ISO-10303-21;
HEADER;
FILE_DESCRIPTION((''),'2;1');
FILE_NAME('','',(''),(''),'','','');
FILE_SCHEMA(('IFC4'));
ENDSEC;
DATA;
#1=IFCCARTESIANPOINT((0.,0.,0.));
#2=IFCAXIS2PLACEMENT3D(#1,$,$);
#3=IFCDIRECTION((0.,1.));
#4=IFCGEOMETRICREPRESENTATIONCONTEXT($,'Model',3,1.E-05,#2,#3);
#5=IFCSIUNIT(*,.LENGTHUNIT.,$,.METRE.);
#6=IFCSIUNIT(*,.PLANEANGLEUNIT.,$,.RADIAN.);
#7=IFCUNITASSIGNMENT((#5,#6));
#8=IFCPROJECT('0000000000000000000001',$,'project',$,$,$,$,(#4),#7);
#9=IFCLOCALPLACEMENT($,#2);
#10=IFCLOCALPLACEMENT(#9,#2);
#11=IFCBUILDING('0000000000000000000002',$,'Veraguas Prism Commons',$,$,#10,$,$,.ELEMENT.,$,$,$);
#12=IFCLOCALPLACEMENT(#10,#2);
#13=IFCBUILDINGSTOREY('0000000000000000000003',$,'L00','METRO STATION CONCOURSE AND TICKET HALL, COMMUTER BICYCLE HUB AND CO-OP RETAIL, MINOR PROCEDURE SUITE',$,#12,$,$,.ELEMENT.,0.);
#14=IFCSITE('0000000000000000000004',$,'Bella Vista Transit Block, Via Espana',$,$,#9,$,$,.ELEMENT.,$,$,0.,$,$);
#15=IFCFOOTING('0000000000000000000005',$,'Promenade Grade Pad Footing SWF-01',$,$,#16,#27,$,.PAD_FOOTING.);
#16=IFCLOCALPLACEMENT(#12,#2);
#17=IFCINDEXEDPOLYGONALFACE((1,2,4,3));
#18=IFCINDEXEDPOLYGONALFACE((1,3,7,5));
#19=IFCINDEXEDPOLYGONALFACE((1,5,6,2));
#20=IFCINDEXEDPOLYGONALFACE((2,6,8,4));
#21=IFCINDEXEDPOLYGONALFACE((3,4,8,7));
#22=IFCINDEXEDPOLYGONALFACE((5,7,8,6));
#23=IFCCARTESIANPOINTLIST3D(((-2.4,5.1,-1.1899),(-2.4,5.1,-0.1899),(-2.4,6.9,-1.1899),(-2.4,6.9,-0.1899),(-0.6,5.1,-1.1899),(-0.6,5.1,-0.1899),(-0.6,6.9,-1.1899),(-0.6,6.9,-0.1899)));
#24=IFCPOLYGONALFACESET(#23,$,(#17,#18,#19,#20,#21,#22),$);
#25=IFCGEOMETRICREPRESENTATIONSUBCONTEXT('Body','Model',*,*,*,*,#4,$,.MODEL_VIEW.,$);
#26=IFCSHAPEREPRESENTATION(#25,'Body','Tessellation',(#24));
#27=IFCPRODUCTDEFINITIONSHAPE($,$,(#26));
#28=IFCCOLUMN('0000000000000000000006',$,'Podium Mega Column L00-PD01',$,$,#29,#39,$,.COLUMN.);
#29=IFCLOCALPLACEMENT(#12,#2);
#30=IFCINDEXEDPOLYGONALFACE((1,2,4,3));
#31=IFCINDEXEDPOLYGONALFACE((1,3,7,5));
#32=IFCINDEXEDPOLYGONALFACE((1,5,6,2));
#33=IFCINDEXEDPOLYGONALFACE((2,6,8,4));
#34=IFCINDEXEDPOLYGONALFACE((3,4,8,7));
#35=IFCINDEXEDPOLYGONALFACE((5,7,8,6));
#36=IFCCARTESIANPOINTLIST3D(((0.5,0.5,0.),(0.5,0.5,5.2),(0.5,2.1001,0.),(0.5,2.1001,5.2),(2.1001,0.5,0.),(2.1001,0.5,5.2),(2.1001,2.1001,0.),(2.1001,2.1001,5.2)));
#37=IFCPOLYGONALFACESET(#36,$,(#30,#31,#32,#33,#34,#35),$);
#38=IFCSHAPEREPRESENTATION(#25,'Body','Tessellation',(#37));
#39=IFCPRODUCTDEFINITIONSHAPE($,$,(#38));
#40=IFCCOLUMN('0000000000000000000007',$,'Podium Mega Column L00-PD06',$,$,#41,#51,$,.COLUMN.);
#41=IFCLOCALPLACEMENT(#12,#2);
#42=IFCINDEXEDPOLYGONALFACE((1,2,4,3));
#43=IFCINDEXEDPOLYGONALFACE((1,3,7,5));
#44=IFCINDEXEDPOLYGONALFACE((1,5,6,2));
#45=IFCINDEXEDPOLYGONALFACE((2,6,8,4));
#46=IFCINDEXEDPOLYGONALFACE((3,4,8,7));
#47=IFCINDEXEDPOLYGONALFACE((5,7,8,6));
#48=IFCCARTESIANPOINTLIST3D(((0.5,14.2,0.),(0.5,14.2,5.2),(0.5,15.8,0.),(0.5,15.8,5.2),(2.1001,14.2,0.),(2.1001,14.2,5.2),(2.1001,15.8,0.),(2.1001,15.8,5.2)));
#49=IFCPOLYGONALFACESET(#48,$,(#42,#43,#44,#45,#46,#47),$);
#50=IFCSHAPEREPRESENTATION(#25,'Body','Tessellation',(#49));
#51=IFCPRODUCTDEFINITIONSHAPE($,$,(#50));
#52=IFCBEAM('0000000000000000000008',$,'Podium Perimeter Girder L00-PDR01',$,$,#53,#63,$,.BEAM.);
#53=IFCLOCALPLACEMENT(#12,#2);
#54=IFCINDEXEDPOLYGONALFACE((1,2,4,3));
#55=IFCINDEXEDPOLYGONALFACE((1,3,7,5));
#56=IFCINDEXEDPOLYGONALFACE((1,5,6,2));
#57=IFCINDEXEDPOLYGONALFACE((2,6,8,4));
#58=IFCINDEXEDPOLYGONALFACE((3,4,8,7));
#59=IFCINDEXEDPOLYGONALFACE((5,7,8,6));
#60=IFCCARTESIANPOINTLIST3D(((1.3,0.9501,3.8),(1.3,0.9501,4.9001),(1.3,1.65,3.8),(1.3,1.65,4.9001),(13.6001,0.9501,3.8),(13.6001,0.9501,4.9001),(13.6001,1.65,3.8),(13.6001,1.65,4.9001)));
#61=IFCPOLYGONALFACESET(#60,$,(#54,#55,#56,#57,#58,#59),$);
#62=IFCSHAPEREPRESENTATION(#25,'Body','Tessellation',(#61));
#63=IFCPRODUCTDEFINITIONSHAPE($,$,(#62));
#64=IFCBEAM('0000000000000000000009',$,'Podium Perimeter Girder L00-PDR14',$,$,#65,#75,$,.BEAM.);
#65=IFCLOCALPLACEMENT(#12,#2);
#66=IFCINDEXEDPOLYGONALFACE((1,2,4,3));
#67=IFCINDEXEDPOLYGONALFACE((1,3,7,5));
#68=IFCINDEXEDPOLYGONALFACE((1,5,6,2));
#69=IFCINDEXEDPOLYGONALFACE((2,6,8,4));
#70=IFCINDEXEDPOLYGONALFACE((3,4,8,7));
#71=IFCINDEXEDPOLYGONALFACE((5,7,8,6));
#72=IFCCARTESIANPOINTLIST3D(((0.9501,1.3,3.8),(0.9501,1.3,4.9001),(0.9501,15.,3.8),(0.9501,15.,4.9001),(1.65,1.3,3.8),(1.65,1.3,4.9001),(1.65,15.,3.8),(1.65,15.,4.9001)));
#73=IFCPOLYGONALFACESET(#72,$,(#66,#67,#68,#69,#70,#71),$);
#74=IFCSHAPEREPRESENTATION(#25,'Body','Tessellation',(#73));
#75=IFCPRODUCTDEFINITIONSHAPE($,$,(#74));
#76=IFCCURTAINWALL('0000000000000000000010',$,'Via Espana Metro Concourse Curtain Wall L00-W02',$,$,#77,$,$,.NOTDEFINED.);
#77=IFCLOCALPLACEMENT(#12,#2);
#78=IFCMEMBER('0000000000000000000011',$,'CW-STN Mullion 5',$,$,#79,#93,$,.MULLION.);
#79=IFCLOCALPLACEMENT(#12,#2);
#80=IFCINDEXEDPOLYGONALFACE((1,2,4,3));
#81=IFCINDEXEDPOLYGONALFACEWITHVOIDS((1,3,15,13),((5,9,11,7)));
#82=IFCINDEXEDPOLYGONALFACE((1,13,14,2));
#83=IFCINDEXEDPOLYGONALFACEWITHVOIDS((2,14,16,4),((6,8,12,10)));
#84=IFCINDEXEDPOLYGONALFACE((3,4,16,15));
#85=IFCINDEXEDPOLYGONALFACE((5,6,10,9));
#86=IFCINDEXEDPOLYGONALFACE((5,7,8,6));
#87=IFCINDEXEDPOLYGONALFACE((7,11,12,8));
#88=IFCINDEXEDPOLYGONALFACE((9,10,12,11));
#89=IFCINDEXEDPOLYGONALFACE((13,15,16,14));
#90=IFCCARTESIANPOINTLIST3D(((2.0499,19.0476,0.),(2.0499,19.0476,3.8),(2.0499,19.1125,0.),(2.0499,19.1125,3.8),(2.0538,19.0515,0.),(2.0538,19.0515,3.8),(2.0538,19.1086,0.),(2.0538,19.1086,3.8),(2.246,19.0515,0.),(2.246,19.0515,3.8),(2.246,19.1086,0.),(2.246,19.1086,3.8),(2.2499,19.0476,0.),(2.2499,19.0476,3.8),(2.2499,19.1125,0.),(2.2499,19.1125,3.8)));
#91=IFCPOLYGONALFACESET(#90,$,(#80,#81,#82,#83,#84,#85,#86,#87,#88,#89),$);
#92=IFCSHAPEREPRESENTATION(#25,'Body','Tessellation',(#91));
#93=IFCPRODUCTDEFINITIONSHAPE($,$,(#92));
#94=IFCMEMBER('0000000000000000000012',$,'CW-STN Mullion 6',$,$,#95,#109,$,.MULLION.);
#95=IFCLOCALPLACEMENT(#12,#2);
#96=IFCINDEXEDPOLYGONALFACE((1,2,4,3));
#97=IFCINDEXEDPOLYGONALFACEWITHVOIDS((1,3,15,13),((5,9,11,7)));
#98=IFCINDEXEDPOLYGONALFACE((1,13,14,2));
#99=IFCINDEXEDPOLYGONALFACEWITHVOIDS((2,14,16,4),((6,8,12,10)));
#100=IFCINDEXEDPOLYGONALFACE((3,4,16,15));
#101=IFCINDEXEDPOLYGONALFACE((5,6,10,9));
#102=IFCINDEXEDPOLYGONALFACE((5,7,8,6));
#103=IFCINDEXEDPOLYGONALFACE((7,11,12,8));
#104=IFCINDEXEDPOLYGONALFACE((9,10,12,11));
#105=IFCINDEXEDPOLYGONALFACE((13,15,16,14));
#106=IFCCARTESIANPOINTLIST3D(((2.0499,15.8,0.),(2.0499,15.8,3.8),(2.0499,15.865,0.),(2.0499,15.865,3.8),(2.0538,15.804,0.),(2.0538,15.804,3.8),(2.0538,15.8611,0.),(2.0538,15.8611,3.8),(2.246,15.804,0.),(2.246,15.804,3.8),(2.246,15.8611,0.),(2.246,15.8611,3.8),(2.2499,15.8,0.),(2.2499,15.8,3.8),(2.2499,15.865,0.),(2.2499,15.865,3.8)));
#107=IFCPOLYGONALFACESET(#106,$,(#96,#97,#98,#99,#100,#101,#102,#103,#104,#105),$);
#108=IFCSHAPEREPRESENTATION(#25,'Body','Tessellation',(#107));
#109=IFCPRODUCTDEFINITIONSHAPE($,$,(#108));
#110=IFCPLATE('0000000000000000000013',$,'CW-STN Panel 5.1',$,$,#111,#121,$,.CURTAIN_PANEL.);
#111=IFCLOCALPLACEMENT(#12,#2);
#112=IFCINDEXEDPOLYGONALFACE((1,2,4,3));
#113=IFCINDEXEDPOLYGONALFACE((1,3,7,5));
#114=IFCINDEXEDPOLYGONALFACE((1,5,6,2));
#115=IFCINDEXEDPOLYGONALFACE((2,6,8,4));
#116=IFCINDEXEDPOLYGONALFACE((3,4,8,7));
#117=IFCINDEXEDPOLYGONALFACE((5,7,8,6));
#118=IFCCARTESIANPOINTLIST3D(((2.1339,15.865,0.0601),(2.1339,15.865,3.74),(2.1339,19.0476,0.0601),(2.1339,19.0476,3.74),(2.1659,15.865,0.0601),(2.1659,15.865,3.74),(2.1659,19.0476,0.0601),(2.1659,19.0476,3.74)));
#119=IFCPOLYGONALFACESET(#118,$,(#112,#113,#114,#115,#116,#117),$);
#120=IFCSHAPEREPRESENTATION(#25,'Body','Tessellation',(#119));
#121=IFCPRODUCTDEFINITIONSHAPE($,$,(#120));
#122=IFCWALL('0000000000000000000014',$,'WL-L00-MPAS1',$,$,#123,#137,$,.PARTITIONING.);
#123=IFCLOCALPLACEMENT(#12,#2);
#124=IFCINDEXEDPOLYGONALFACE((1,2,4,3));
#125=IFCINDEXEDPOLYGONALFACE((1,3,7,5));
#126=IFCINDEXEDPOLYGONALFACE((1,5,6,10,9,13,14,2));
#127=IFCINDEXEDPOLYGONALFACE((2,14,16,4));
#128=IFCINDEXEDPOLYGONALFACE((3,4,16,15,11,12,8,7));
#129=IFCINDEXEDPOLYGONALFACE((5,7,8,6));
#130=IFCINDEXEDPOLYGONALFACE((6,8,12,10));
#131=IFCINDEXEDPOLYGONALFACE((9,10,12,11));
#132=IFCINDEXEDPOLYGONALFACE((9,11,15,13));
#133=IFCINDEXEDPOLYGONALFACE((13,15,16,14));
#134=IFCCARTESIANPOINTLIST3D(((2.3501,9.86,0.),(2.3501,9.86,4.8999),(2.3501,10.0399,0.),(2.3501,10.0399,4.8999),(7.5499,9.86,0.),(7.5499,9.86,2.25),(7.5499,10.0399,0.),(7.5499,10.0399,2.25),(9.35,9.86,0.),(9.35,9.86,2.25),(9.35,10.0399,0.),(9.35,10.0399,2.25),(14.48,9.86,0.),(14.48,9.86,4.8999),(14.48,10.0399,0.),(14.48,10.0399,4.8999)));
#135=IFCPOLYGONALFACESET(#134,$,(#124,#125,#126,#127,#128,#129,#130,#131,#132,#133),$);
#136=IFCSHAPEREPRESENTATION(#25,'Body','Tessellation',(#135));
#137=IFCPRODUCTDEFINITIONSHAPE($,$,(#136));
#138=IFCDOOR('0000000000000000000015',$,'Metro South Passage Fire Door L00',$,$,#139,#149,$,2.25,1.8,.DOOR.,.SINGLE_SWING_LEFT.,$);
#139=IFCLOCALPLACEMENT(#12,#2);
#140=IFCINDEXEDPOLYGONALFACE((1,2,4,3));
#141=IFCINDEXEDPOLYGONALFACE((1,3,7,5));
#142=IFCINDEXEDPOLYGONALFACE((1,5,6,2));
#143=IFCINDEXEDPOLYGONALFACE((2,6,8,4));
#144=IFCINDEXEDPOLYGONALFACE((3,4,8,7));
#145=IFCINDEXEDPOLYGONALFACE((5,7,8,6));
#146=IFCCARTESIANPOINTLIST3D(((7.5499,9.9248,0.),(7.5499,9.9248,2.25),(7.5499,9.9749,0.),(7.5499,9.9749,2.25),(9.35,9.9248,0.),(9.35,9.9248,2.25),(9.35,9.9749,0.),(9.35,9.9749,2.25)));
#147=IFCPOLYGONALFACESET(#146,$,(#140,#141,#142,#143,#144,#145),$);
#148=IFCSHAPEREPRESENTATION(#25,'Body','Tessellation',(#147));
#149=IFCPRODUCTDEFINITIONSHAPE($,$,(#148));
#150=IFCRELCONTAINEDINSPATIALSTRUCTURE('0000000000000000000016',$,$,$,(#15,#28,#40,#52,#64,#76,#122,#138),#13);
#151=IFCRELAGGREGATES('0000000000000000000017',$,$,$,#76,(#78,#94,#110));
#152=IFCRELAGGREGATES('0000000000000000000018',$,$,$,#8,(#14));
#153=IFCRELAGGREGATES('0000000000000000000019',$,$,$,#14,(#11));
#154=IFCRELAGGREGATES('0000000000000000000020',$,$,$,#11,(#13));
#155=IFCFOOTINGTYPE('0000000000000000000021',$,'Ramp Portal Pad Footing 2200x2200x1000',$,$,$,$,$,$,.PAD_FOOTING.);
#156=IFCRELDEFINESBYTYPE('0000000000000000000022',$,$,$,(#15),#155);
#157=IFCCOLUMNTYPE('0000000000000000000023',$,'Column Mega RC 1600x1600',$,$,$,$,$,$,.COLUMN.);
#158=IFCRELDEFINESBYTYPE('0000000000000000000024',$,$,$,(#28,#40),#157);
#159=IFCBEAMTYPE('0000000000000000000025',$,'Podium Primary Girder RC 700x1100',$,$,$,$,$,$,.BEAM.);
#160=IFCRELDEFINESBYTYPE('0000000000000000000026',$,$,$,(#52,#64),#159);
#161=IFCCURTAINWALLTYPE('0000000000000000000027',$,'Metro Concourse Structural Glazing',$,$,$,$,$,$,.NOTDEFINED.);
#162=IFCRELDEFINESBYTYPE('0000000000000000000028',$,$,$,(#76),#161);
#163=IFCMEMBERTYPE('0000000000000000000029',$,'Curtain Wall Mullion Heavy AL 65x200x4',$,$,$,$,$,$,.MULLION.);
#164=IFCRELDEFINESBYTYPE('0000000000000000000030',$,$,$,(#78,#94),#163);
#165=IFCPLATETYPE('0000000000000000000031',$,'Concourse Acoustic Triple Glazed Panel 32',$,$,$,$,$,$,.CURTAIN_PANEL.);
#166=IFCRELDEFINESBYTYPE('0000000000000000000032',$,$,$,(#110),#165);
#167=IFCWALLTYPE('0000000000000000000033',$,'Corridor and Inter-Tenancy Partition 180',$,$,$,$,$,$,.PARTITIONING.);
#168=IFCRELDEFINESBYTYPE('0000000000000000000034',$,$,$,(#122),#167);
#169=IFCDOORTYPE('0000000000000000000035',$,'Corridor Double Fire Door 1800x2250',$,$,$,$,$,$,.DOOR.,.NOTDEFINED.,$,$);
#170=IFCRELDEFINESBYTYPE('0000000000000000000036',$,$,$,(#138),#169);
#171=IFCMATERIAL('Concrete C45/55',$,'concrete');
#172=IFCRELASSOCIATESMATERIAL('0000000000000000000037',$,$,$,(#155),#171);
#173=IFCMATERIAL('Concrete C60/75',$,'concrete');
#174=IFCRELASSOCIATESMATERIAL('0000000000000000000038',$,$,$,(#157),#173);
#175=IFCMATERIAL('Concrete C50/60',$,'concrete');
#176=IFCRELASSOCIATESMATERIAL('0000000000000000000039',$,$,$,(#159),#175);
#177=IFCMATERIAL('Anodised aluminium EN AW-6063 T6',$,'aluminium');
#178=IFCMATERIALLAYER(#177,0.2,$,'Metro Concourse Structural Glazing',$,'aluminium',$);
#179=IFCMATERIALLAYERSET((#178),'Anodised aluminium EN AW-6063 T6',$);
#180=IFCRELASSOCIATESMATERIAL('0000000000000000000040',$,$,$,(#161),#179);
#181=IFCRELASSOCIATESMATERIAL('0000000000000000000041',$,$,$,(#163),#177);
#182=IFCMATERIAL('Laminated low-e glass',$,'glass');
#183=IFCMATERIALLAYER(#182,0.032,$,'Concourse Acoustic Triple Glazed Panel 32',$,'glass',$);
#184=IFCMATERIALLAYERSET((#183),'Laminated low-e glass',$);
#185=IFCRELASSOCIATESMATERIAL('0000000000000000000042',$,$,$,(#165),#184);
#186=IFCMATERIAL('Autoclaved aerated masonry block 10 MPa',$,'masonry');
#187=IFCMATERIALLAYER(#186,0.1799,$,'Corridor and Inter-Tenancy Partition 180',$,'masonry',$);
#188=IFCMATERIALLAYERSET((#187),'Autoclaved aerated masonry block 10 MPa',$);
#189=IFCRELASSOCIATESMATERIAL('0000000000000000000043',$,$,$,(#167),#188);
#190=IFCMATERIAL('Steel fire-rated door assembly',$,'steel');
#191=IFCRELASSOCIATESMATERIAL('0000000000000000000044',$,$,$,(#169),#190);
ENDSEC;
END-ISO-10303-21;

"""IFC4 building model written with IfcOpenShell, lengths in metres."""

from ifc_helpers import new_model, si_unit, direction, frame, frame_2d, origin, origin_2d, place, context, subcontext, project, spatial, rectangle, hollow_rectangle, extrude, source, transform, mapped, material, layer, layer_set, material_profile, profile_set, type_object, element, fill, aggregate, save


model = new_model("IFC4")

# Units and contexts
model_context = context("Model", 3, precision=1e-05, world=origin(), true_north=direction((0.0, 1.0)))
body_context = subcontext(model_context, "Body", "Model", "MODEL_VIEW")
ifc_project = project(units=[si_unit("LENGTHUNIT", "METRE"), si_unit("PLANEANGLEUNIT", "RADIAN")], contexts=[model_context])

# Site, building, storey
site_placement = place(None, origin())
site = spatial("IfcSite", under=ifc_project, at=site_placement, Name="Bella Vista Transit Block, Via Espana", CompositionType="ELEMENT", RefElevation=0.0)
building_placement = place(site_placement, origin())
building = spatial("IfcBuilding", under=site, at=building_placement, Name="Veraguas Prism Commons", CompositionType="ELEMENT")
storey_placement = place(building_placement, origin())
storey = spatial("IfcBuildingStorey", under=building, at=storey_placement, Name="L00", Description="METRO STATION CONCOURSE AND TICKET HALL, COMMUTER BICYCLE HUB AND CO-OP RETAIL, MINOR PROCEDURE SUITE", CompositionType="ELEMENT", Elevation=0.0)

# Footing
ifc_material_1 = material(Name="Concrete C45/55", Category="concrete")
footing_type = type_object("IfcFootingType", Name="Ramp Portal Pad Footing 2200x2200x1000", PredefinedType="PAD_FOOTING", material=ifc_material_1)
shared_shape_1 = source(origin(), body_context, "Body", "SweptSolid", [
    extrude(rectangle(XDim=1.8, YDim=1.8, at=origin_2d()), origin(), (0.0, 0.0, 1.0), 1.0),
])
footing_placement = place(storey_placement, frame((-1.5, 6.0, -1.1899), z_axis=(0.0, 0.0, 1.0), x_axis=(1.0, 0.0, 0.0)))
element("IfcFooting", 1, at=footing_placement, inside=storey, type_object=footing_type, Name="Promenade Grade Pad Footing SWF-01", PredefinedType="PAD_FOOTING", context=body_context, shape_type="MappedRepresentation", body=[
    mapped(shared_shape_1, transform((0.0, 0.0, 0.0), scale=1.0)),
])

# Columns
ifc_material_2 = material(Name="Concrete C60/75", Category="concrete")
ifc_material_profile_1 = material_profile(ifc_material_2, rectangle(XDim=1.6001, YDim=1.6001, at=origin_2d()), Name="RC1600X1600")
ifc_profile_set_1 = profile_set([ifc_material_profile_1], Name="Concrete C60/75")
column_type = type_object("IfcColumnType", Name="Column Mega RC 1600x1600", PredefinedType="COLUMN", material=ifc_profile_set_1)
for number, where, z_axis, x_axis, name in (
    (2, (1.3, 1.3, 0.0), (0.0, 0.0, 1.0), (1.0, 0.0, 0.0), "Podium Mega Column L00-PD01"),
    (3, (1.3, 15.0, 0.0), (0.0, 0.0, 1.0), (1.0, 0.0, 0.0), "Podium Mega Column L00-PD06"),
):
    element("IfcColumn", number, at=place(storey_placement, frame(where, z_axis=z_axis, x_axis=x_axis)), inside=storey, type_object=column_type, Name=name, PredefinedType="COLUMN", context=body_context, shape_type="SweptSolid", body=[
        extrude(rectangle(XDim=1.6001, YDim=1.6001, at=origin_2d()), origin(), (0.0, 0.0, 1.0), 5.2),
    ])

# Beams
ifc_material_3 = material(Name="Concrete C50/60", Category="concrete")
ifc_material_profile_2 = material_profile(ifc_material_3, rectangle(XDim=0.7, YDim=1.1001, at=origin_2d()), Name="RC700X1100")
ifc_profile_set_2 = profile_set([ifc_material_profile_2], Name="Concrete C50/60")
beam_type = type_object("IfcBeamType", Name="Podium Primary Girder RC 700x1100", PredefinedType="BEAM", material=ifc_profile_set_2)
beam_1_placement = place(storey_placement, frame((1.3, 1.3, 4.3501), z_axis=(1.0, 0.0, 0.0), x_axis=(0.0, 1.0, 0.0)))
element("IfcBeam", 4, at=beam_1_placement, inside=storey, type_object=beam_type, Name="Podium Perimeter Girder L00-PDR01", PredefinedType="BEAM", context=body_context, shape_type="SweptSolid", body=[
    extrude(rectangle(XDim=0.7, YDim=1.1001, at=origin_2d()), origin(), (0.0, 0.0, 1.0), 12.3),
])
beam_2_placement = place(storey_placement, frame((1.3, 15.0, 4.3501), z_axis=(0.0, -1.0, 0.0), x_axis=(1.0, 0.0, 0.0)))
element("IfcBeam", 5, at=beam_2_placement, inside=storey, type_object=beam_type, Name="Podium Perimeter Girder L00-PDR14", PredefinedType="BEAM", context=body_context, shape_type="SweptSolid", body=[
    extrude(rectangle(XDim=0.7, YDim=1.1001, at=origin_2d()), origin(), (0.0, 0.0, 1.0), 13.7),
])

# Curtain wall, members, plate
ifc_material_4 = material(Name="Anodised aluminium EN AW-6063 T6", Category="aluminium")
ifc_layer_1 = layer(ifc_material_4, 0.2, Name="Metro Concourse Structural Glazing", Category="aluminium")
ifc_layer_set_1 = layer_set([ifc_layer_1], Name="Anodised aluminium EN AW-6063 T6")
curtain_wall_type = type_object("IfcCurtainWallType", Name="Metro Concourse Structural Glazing", PredefinedType="NOTDEFINED", material=ifc_layer_set_1)
curtain_wall_placement = place(storey_placement, origin())
curtain_wall = element("IfcCurtainWall", 6, at=curtain_wall_placement, inside=storey, type_object=curtain_wall_type, Name="Via Espana Metro Concourse Curtain Wall L00-W02", PredefinedType="NOTDEFINED")
ifc_material_profile_3 = material_profile(ifc_material_4, hollow_rectangle(XDim=0.0649, YDim=0.2, WallThickness=0.0039, at=origin_2d()), Name="AL65X200X4")
ifc_profile_set_3 = profile_set([ifc_material_profile_3], Name="Anodised aluminium EN AW-6063 T6")
member_type = type_object("IfcMemberType", Name="Curtain Wall Mullion Heavy AL 65x200x4", PredefinedType="MULLION", material=ifc_profile_set_3)
shared_shape_2 = source(origin(), body_context, "Body", "SweptSolid", [
    extrude(hollow_rectangle(XDim=0.0649, YDim=0.2, WallThickness=0.0039, at=origin_2d()), origin(), (0.0, 0.0, 1.0), 3.8),
])
member_1_placement = place(storey_placement, frame((2.1499, 19.0801, 0.0), z_axis=(0.0, 0.0, 1.0), x_axis=(0.0, -1.0, 0.0)))
member_1 = element("IfcMember", 7, at=member_1_placement, type_object=member_type, Name="CW-STN Mullion 5", PredefinedType="MULLION", context=body_context, shape_type="MappedRepresentation", body=[
    mapped(shared_shape_2, transform((0.0, 0.0, 0.0), scale=1.0)),
])
member_2_placement = place(storey_placement, frame((2.1499, 15.8325, 0.0), z_axis=(0.0, 0.0, 1.0), x_axis=(0.0, -1.0, 0.0)))
member_2 = element("IfcMember", 8, at=member_2_placement, type_object=member_type, Name="CW-STN Mullion 6", PredefinedType="MULLION", context=body_context, shape_type="MappedRepresentation", body=[
    mapped(shared_shape_2, transform((0.0, 0.0, 0.0), scale=1.0)),
])
ifc_material_5 = material(Name="Laminated low-e glass", Category="glass")
ifc_layer_2 = layer(ifc_material_5, 0.032, Name="Concourse Acoustic Triple Glazed Panel 32", Category="glass")
ifc_layer_set_2 = layer_set([ifc_layer_2], Name="Laminated low-e glass")
plate_type = type_object("IfcPlateType", Name="Concourse Acoustic Triple Glazed Panel 32", PredefinedType="CURTAIN_PANEL", material=ifc_layer_set_2)
shared_shape_3 = source(origin(), body_context, "Body", "SweptSolid", [
    extrude(rectangle(XDim=3.1826, YDim=0.032, at=origin_2d()), origin(), (0.0, 0.0, 1.0), 3.6799),
])
plate_placement = place(storey_placement, frame((2.1499, 17.4563, 0.0601), z_axis=(0.0, 0.0, 1.0), x_axis=(0.0, -1.0, 0.0)))
plate = element("IfcPlate", 9, at=plate_placement, type_object=plate_type, Name="CW-STN Panel 5.1", PredefinedType="CURTAIN_PANEL", context=body_context, shape_type="MappedRepresentation", body=[
    mapped(shared_shape_3, transform((0.0, 0.0, 0.0), scale=1.0)),
])
aggregate(curtain_wall, [member_1, member_2, plate])

# Wall, opening, door
ifc_material_6 = material(Name="Autoclaved aerated masonry block 10 MPa", Category="masonry")
ifc_layer_3 = layer(ifc_material_6, 0.1799, Name="Corridor and Inter-Tenancy Partition 180", Category="masonry")
ifc_layer_set_3 = layer_set([ifc_layer_3], Name="Autoclaved aerated masonry block 10 MPa")
wall_type_1 = type_object("IfcWallType", Name="Corridor and Inter-Tenancy Partition 180", PredefinedType="PARTITIONING", material=ifc_layer_set_3)
wall_1_placement = place(storey_placement, frame((2.3501, 9.95, 0.0), z_axis=(0.0, 0.0, 1.0), x_axis=(1.0, 0.0, 0.0)))
wall_1 = element("IfcWall", 10, at=wall_1_placement, inside=storey, type_object=wall_type_1, Name="WL-L00-MPAS1", PredefinedType="PARTITIONING", context=body_context, shape_type="SweptSolid", body=[
    extrude(rectangle(XDim=12.1299, YDim=0.1799, at=frame_2d((6.0649, 0.0))), origin(), (0.0, 0.0, 1.0), 4.8999),
])
opening_1_placement = place(wall_1_placement, frame((5.2, 0.0, 0.0)))
opening_1 = element("IfcOpeningElement", 11, at=opening_1_placement, cuts=wall_1, PredefinedType="OPENING", context=body_context, shape_type="SweptSolid", body=[
    extrude(rectangle(XDim=1.8, YDim=2.25, at=frame_2d((0.8999, 1.125))), frame((0.0, 0.0999, 0.0), z_axis=(0.0, -1.0, 0.0), x_axis=(1.0, 0.0, 0.0)), (0.0, 0.0, 1.0), 0.2),
])
ifc_material_7 = material(Name="Steel fire-rated door assembly", Category="steel")
door_type_1 = type_object("IfcDoorType", Name="Corridor Double Fire Door 1800x2250", OperationType="NOTDEFINED", PredefinedType="DOOR", material=ifc_material_7)
shared_shape_4 = source(origin(), body_context, "Body", "SweptSolid", [
    extrude(rectangle(XDim=1.8, YDim=2.25, at=frame_2d((0.8999, 1.125))), frame((0.0, 0.0249, 0.0), z_axis=(0.0, -1.0, 0.0), x_axis=(1.0, 0.0, 0.0)), (0.0, 0.0, 1.0), 0.05),
])
door_1_placement = place(opening_1_placement, origin())
door_1 = element("IfcDoor", 12, at=door_1_placement, inside=storey, type_object=door_type_1, Name="Metro South Passage Fire Door L00", OperationType="SINGLE_SWING_LEFT", OverallHeight=2.25, OverallWidth=1.8, PredefinedType="DOOR", context=body_context, shape_type="MappedRepresentation", body=[
    mapped(shared_shape_4, transform((0.0, 0.0, 0.0), scale=1.0)),
])
fill(opening_1, door_1)

save(model, "model.ifc")
